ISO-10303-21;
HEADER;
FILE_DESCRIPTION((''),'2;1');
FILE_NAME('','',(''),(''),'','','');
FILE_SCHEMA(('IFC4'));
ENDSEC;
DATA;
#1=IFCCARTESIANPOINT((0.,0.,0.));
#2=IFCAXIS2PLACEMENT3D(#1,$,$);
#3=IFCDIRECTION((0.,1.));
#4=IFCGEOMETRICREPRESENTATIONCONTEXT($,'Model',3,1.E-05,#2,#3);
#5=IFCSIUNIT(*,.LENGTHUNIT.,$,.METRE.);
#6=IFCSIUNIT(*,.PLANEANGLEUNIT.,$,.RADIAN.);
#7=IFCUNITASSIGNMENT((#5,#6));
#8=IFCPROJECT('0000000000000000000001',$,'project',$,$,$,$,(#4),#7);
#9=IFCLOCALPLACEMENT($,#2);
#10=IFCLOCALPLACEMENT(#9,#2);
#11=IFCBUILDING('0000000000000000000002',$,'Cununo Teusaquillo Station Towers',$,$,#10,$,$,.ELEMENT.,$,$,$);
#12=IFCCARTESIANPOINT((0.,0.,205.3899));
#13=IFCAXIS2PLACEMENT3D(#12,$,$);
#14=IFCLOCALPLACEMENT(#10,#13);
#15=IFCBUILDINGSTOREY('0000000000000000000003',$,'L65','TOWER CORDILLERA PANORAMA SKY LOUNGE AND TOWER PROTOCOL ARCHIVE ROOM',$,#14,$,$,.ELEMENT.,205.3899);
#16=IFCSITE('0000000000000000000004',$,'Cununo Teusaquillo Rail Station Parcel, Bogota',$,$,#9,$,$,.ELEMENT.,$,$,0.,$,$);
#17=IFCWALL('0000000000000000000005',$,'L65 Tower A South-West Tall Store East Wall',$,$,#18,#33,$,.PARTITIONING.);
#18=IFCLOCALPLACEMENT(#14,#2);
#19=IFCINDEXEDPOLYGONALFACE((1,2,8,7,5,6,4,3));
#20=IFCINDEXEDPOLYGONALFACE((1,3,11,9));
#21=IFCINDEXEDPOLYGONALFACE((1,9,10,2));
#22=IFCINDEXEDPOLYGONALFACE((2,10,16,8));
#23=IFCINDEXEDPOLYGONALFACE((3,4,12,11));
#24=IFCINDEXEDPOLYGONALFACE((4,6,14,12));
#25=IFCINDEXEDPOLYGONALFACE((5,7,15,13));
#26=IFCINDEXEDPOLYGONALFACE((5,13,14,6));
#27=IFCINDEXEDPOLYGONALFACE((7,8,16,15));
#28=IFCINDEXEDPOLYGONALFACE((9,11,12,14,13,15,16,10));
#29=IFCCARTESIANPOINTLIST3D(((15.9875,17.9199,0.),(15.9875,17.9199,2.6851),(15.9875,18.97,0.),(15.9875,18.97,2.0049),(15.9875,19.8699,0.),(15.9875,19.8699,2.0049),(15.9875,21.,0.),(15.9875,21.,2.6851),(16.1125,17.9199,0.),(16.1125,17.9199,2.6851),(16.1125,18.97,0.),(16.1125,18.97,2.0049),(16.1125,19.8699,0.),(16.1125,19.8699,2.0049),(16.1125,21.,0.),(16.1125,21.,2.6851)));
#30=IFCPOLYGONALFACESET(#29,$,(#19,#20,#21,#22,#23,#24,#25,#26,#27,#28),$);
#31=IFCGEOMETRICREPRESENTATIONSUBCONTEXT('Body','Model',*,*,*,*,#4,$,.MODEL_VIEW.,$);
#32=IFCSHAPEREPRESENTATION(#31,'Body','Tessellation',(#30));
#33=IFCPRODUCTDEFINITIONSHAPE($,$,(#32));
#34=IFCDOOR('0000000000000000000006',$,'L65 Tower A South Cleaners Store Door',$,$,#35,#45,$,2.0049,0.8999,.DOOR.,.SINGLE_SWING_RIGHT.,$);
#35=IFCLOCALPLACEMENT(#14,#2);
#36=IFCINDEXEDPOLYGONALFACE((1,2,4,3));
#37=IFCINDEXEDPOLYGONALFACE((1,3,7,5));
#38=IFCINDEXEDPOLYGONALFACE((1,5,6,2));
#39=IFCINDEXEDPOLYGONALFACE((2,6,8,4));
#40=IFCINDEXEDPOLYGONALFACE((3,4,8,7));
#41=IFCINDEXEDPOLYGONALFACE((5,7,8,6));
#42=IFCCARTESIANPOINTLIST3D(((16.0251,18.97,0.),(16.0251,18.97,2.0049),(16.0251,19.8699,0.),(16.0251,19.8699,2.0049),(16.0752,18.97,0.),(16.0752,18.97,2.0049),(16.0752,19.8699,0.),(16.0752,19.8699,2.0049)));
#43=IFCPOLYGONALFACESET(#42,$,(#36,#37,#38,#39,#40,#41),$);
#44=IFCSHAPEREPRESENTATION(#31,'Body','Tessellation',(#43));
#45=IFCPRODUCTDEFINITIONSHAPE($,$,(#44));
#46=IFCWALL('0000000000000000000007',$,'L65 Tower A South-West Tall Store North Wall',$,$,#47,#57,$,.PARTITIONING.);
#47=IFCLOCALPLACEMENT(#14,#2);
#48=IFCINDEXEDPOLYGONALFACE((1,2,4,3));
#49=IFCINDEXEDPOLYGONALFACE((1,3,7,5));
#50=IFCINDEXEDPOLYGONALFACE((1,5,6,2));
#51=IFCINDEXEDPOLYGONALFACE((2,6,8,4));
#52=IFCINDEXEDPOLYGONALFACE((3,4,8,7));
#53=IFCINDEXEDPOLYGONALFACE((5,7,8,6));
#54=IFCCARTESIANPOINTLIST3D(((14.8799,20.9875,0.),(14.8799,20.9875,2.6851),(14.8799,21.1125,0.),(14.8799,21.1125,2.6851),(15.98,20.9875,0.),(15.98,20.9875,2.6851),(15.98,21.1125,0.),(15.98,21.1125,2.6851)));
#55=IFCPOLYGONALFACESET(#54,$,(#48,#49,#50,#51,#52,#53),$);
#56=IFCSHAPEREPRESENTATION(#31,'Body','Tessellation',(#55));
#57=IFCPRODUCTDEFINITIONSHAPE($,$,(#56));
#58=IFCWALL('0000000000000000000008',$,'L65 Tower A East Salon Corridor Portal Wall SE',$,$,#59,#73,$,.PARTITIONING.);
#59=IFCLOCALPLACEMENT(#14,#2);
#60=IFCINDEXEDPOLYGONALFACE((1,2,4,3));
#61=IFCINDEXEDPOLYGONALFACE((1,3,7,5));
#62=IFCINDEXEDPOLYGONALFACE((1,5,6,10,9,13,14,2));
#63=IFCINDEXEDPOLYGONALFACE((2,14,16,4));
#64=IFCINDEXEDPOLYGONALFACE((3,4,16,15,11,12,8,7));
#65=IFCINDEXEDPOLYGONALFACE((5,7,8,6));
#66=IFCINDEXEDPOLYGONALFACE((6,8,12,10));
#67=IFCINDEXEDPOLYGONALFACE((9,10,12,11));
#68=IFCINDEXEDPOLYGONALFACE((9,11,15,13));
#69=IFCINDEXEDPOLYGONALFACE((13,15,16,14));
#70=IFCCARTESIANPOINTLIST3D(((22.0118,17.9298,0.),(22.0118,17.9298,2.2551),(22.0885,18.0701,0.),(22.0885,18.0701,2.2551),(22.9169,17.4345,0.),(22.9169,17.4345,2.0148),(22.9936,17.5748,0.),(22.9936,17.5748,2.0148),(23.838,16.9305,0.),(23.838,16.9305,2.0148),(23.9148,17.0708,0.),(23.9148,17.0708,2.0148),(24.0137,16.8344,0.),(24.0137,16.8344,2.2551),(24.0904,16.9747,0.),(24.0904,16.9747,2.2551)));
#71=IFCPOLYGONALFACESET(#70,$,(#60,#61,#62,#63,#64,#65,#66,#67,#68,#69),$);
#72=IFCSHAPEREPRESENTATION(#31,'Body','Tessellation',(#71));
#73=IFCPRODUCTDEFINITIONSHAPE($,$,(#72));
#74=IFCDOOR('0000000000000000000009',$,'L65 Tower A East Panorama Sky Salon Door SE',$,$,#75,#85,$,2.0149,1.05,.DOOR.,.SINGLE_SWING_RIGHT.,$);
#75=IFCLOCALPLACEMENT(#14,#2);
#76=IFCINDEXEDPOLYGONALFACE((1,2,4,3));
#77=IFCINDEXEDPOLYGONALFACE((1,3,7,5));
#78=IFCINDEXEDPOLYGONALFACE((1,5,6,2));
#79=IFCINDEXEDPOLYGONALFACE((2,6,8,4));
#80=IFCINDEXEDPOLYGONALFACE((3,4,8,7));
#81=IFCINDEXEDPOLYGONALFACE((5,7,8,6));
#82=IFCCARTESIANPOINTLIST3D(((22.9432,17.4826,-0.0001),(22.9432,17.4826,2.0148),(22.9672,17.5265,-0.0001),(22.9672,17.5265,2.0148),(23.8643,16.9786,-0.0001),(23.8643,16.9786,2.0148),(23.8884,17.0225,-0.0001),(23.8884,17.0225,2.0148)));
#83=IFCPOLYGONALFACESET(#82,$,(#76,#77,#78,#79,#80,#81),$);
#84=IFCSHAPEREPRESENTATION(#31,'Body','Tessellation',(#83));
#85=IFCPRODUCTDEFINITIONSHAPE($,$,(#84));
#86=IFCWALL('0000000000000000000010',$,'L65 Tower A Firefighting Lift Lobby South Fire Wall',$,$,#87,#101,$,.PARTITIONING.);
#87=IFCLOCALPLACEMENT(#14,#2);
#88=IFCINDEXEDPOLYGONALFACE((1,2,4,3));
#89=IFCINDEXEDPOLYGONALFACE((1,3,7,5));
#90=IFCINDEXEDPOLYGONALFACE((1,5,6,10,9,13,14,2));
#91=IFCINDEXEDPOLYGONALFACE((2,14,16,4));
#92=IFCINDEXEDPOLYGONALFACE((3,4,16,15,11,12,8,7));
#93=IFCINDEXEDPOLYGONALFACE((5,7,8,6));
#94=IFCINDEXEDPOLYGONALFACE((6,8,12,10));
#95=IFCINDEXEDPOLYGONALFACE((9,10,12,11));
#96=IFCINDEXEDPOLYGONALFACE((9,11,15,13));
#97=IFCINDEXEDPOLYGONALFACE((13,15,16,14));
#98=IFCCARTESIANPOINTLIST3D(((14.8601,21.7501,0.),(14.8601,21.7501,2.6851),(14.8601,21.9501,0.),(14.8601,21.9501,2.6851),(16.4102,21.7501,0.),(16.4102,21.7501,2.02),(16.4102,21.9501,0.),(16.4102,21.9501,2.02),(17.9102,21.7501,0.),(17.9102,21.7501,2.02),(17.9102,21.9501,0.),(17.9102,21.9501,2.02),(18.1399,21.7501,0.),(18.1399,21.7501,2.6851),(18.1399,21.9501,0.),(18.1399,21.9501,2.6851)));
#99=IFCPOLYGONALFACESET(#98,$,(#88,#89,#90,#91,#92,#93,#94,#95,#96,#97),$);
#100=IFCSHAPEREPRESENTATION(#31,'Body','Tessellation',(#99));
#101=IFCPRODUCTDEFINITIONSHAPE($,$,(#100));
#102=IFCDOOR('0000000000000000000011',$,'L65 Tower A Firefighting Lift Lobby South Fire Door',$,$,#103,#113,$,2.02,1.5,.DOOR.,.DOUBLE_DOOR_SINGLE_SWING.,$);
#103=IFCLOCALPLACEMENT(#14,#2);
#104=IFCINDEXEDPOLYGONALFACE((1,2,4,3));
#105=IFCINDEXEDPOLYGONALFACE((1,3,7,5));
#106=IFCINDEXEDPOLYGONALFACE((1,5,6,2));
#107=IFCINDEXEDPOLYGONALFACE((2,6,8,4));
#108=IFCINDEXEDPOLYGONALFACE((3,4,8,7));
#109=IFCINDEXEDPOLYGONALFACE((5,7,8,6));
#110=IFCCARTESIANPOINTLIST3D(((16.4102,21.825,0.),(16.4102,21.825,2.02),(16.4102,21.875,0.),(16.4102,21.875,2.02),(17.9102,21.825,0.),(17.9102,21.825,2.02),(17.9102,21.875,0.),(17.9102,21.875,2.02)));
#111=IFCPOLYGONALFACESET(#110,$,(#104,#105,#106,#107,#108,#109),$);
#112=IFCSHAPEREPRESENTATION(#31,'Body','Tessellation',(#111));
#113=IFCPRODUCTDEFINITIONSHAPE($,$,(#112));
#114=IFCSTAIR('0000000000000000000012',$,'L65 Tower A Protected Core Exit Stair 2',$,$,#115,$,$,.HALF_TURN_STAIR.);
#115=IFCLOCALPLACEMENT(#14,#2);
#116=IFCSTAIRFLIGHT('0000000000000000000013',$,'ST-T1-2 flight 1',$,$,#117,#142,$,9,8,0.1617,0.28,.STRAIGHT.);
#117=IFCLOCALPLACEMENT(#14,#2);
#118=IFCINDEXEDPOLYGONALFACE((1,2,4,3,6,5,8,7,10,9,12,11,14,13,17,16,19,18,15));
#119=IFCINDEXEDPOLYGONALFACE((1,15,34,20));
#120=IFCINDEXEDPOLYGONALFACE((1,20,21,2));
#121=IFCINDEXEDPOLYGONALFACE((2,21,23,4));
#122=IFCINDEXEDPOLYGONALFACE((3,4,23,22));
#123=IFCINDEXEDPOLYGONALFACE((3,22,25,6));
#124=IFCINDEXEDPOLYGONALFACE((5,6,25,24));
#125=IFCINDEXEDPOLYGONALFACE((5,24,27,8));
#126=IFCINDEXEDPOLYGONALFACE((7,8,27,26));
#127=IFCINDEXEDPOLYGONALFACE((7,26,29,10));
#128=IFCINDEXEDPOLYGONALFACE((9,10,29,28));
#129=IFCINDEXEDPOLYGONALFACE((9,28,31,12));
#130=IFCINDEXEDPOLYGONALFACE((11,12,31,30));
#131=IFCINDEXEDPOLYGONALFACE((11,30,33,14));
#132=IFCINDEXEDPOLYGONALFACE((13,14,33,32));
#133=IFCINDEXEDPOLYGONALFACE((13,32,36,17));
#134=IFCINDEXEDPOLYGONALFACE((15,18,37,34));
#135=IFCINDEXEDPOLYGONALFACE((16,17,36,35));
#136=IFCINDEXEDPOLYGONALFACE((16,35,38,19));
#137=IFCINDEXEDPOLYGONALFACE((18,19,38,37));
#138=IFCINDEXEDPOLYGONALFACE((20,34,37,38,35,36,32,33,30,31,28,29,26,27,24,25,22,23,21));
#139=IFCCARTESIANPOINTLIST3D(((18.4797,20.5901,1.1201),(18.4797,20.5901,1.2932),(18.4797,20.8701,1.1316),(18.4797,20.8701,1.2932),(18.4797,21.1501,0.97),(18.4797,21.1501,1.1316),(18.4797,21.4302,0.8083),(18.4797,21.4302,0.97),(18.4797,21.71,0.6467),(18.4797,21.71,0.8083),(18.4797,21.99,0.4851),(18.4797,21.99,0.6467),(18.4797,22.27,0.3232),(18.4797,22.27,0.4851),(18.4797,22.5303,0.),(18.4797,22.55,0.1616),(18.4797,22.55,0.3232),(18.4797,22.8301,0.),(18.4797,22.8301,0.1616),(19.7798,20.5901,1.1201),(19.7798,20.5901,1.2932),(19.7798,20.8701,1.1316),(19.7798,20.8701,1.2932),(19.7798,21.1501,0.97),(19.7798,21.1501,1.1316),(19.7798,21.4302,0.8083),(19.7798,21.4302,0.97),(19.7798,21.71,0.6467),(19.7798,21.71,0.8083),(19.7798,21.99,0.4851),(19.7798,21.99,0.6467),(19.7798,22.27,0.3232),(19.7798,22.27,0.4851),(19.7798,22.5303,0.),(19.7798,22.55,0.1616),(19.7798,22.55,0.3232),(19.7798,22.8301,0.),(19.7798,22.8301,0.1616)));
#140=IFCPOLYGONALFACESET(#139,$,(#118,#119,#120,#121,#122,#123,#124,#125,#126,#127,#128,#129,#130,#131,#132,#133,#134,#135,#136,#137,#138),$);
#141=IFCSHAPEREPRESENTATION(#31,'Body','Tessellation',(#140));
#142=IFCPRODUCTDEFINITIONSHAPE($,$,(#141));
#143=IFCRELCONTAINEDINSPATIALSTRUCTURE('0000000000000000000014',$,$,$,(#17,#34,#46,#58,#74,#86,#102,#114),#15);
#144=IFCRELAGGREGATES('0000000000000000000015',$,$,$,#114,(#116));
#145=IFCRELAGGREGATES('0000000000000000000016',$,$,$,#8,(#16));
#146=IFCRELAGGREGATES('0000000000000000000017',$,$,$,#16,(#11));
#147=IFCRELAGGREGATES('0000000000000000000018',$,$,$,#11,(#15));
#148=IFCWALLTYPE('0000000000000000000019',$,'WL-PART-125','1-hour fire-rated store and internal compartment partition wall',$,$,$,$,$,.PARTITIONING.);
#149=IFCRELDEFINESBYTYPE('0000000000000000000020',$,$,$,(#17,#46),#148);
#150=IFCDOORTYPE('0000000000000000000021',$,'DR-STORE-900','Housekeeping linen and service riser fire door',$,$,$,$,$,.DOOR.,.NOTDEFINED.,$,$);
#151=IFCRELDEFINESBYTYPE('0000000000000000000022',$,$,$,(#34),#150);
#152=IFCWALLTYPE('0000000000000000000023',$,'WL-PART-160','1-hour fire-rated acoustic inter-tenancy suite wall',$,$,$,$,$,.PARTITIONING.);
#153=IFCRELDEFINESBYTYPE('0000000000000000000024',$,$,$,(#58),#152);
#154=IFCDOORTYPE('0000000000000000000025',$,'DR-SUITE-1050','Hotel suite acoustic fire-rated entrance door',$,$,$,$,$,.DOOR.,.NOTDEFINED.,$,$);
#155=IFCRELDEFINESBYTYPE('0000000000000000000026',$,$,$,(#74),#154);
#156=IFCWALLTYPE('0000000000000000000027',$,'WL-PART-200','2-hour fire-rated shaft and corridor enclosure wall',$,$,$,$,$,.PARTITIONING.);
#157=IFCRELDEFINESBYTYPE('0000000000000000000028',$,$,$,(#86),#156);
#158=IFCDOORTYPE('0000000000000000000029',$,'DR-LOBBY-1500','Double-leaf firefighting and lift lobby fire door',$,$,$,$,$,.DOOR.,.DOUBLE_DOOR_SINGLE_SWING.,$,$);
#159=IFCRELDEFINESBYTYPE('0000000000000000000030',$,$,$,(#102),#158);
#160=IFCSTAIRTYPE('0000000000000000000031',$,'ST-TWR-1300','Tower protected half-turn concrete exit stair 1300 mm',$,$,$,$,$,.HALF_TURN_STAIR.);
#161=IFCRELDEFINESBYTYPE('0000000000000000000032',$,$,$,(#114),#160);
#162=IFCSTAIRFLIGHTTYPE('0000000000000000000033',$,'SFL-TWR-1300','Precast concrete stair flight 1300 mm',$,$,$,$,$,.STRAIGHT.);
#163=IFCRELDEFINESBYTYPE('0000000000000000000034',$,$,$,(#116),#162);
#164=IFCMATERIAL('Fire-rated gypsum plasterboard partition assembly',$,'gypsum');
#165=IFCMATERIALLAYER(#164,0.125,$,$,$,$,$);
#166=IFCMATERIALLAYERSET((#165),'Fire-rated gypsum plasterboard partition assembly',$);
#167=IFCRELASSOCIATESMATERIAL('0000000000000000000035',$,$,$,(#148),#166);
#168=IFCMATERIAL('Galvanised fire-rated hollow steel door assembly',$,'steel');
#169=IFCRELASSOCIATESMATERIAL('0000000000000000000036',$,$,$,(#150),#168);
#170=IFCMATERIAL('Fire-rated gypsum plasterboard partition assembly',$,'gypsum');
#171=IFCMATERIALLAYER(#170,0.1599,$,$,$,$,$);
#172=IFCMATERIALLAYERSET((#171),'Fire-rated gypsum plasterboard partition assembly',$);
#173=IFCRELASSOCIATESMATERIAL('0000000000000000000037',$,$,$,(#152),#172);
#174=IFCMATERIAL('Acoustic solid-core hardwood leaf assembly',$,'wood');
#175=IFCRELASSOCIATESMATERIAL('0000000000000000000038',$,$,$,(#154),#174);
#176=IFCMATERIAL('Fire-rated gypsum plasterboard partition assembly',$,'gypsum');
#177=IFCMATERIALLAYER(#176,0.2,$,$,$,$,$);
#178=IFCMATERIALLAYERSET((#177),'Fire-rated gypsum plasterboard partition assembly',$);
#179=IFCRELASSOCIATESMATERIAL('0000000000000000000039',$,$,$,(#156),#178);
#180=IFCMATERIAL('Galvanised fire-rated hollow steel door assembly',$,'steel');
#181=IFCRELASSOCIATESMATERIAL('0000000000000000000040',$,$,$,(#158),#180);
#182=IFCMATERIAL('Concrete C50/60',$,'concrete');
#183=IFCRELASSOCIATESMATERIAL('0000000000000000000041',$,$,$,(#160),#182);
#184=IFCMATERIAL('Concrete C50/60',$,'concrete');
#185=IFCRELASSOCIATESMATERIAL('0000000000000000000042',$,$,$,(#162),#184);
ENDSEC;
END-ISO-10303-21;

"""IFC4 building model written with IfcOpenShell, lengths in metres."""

from ifc_helpers import new_model, si_unit, direction, frame, frame_2d, origin, place, context, subcontext, project, spatial, polyline, rectangle, outline, extrude, source, transform, mapped, material, layer, layer_set, type_object, element, fill, aggregate, save


model = new_model("IFC4")

# Units and contexts
model_context = context("Model", 3, precision=1e-05, world=origin(), true_north=direction((0.0, 1.0)))
body_context = subcontext(model_context, "Body", "Model", "MODEL_VIEW")
ifc_project = project(units=[si_unit("LENGTHUNIT", "METRE"), si_unit("PLANEANGLEUNIT", "RADIAN")], contexts=[model_context])

# Site, building, storey
site_placement = place(None, origin())
site = spatial("IfcSite", under=ifc_project, at=site_placement, Name="Cununo Teusaquillo Rail Station Parcel, Bogota", CompositionType="ELEMENT", RefElevation=0.0)
building_placement = place(site_placement, origin())
building = spatial("IfcBuilding", under=site, at=building_placement, Name="Cununo Teusaquillo Station Towers", CompositionType="ELEMENT")
storey_placement = place(building_placement, frame((0.0, 0.0, 205.3899)))
storey = spatial("IfcBuildingStorey", under=building, at=storey_placement, Name="L65", Description="TOWER CORDILLERA PANORAMA SKY LOUNGE AND TOWER PROTOCOL ARCHIVE ROOM", CompositionType="ELEMENT", Elevation=205.3899)

# Wall, opening, door
ifc_material_1 = material(Name="Fire-rated gypsum plasterboard partition assembly", Category="gypsum")
ifc_layer_1 = layer(ifc_material_1, 0.125)
ifc_layer_set_1 = layer_set([ifc_layer_1], Name="Fire-rated gypsum plasterboard partition assembly")
wall_type_1 = type_object("IfcWallType", Name="WL-PART-125", Description="1-hour fire-rated store and internal compartment partition wall", PredefinedType="PARTITIONING", material=ifc_layer_set_1)
wall_1_placement = place(storey_placement, frame((16.05, 17.9199, 0.0), z_axis=(0.0, 0.0, 1.0), x_axis=(0.0, 1.0, 0.0)))
wall_1 = element("IfcWall", 1, at=wall_1_placement, inside=storey, type_object=wall_type_1, Name="L65 Tower A South-West Tall Store East Wall", PredefinedType="PARTITIONING", context=body_context, shape_type="SweptSolid", body=[
    extrude(rectangle(XDim=3.0801, YDim=0.125, at=frame_2d((1.54, 0.0))), origin(), (0.0, 0.0, 1.0), 2.6851),
])
shared_shape_1 = source(origin(), body_context, "Body", "SweptSolid", [
    extrude(rectangle(XDim=0.8999, YDim=2.0049, at=frame_2d((0.45, 1.0024))), frame((0.0, 0.0725, 0.0), z_axis=(0.0, -1.0, 0.0), x_axis=(1.0, 0.0, 0.0)), (0.0, 0.0, 1.0), 0.145),
])
opening_1_placement = place(wall_1_placement, frame((1.05, 0.0, 0.0)))
opening_1 = element("IfcOpeningElement", 2, at=opening_1_placement, cuts=wall_1, PredefinedType="OPENING", context=body_context, shape_type="MappedRepresentation", body=[
    mapped(shared_shape_1, transform((0.0, 0.0, 0.0), x_axis=(1.0, 0.0, 0.0), y_axis=(0.0, 1.0, 0.0), z_axis=(0.0, 0.0, 1.0), scale=1.0)),
])
ifc_material_2 = material(Name="Galvanised fire-rated hollow steel door assembly", Category="steel")
door_type_1 = type_object("IfcDoorType", Name="DR-STORE-900", Description="Housekeeping linen and service riser fire door", OperationType="NOTDEFINED", PredefinedType="DOOR", material=ifc_material_2)
shared_shape_2 = source(origin(), body_context, "Body", "SweptSolid", [
    extrude(rectangle(XDim=0.8999, YDim=2.0049, at=frame_2d((0.45, 1.0024))), frame((0.0, 0.0249, 0.0), z_axis=(0.0, -1.0, 0.0), x_axis=(1.0, 0.0, 0.0)), (0.0, 0.0, 1.0), 0.05),
])
door_1_placement = place(opening_1_placement, origin())
door_1 = element("IfcDoor", 3, at=door_1_placement, inside=storey, type_object=door_type_1, Name="L65 Tower A South Cleaners Store Door", OperationType="SINGLE_SWING_RIGHT", OverallHeight=2.0049, OverallWidth=0.8999, PredefinedType="DOOR", context=body_context, shape_type="MappedRepresentation", body=[
    mapped(shared_shape_2, transform((0.0, 0.0, 0.0), x_axis=(1.0, 0.0, 0.0), y_axis=(0.0, 1.0, 0.0), z_axis=(0.0, 0.0, 1.0), scale=1.0)),
])
fill(opening_1, door_1)

# Wall
wall_2_placement = place(storey_placement, frame((14.8799, 21.05, 0.0), z_axis=(0.0, 0.0, 1.0), x_axis=(1.0, 0.0, 0.0)))
element("IfcWall", 4, at=wall_2_placement, inside=storey, type_object=wall_type_1, Name="L65 Tower A South-West Tall Store North Wall", PredefinedType="PARTITIONING", context=body_context, shape_type="SweptSolid", body=[
    extrude(rectangle(XDim=1.1001, YDim=0.125, at=frame_2d((0.55, 0.0))), origin(), (0.0, 0.0, 1.0), 2.6851),
])

# Walls, openings, doors
ifc_material_3 = material(Name="Fire-rated gypsum plasterboard partition assembly", Category="gypsum")
ifc_layer_2 = layer(ifc_material_3, 0.1599)
ifc_layer_set_2 = layer_set([ifc_layer_2], Name="Fire-rated gypsum plasterboard partition assembly")
wall_type_2 = type_object("IfcWallType", Name="WL-PART-160", Description="1-hour fire-rated acoustic inter-tenancy suite wall", PredefinedType="PARTITIONING", material=ifc_layer_set_2)
wall_3_placement = place(storey_placement, frame((22.05, 18.0, 0.0), z_axis=(0.0, 0.0, 1.0), x_axis=(0.877253, -0.480029, 0.0)))
wall_3 = element("IfcWall", 5, at=wall_3_placement, inside=storey, type_object=wall_type_2, Name="L65 Tower A East Salon Corridor Portal Wall SE", PredefinedType="PARTITIONING", context=body_context, shape_type="SweptSolid", body=[
    extrude(rectangle(XDim=2.282, YDim=0.1599, at=frame_2d((1.1411, 0.0))), origin(), (0.0, 0.0, 1.0), 2.2551),
])
shared_shape_3 = source(origin(), body_context, "Body", "SweptSolid", [
    extrude(rectangle(XDim=1.05, YDim=2.0149, at=frame_2d((0.5249, 1.0073))), frame((0.0, 0.0898, 0.0), z_axis=(0.0, -1.0, 0.0), x_axis=(1.0, 0.0, 0.0)), (0.0, 0.0, 1.0), 0.1799),
])
opening_2_placement = place(wall_3_placement, frame((1.032, 0.0, 0.0)))
opening_2 = element("IfcOpeningElement", 6, at=opening_2_placement, cuts=wall_3, PredefinedType="OPENING", context=body_context, shape_type="MappedRepresentation", body=[
    mapped(shared_shape_3, transform((0.0, 0.0, 0.0), x_axis=(1.0, 0.0, 0.0), y_axis=(0.0, 1.0, 0.0), z_axis=(0.0, 0.0, 1.0), scale=1.0)),
])
ifc_material_4 = material(Name="Acoustic solid-core hardwood leaf assembly", Category="wood")
door_type_2 = type_object("IfcDoorType", Name="DR-SUITE-1050", Description="Hotel suite acoustic fire-rated entrance door", OperationType="NOTDEFINED", PredefinedType="DOOR", material=ifc_material_4)
shared_shape_4 = source(origin(), body_context, "Body", "SweptSolid", [
    extrude(rectangle(XDim=1.05, YDim=2.0149, at=frame_2d((0.5249, 1.0073))), frame((0.0, 0.0249, 0.0), z_axis=(0.0, -1.0, 0.0), x_axis=(1.0, 0.0, 0.0)), (0.0, 0.0, 1.0), 0.05),
])
door_2_placement = place(opening_2_placement, origin())
door_2 = element("IfcDoor", 7, at=door_2_placement, inside=storey, type_object=door_type_2, Name="L65 Tower A East Panorama Sky Salon Door SE", OperationType="SINGLE_SWING_RIGHT", OverallHeight=2.0149, OverallWidth=1.05, PredefinedType="DOOR", context=body_context, shape_type="MappedRepresentation", body=[
    mapped(shared_shape_4, transform((0.0, 0.0, 0.0), x_axis=(1.0, 0.0, 0.0), y_axis=(0.0, 1.0, 0.0), z_axis=(0.0, 0.0, 1.0), scale=1.0)),
])
fill(opening_2, door_2)
ifc_material_5 = material(Name="Fire-rated gypsum plasterboard partition assembly", Category="gypsum")
ifc_layer_3 = layer(ifc_material_5, 0.2)
ifc_layer_set_3 = layer_set([ifc_layer_3], Name="Fire-rated gypsum plasterboard partition assembly")
wall_type_3 = type_object("IfcWallType", Name="WL-PART-200", Description="2-hour fire-rated shaft and corridor enclosure wall", PredefinedType="PARTITIONING", material=ifc_layer_set_3)
wall_4_placement = place(storey_placement, frame((14.8601, 21.8501, 0.0), z_axis=(0.0, 0.0, 1.0), x_axis=(1.0, 0.0, 0.0)))
wall_4 = element("IfcWall", 8, at=wall_4_placement, inside=storey, type_object=wall_type_3, Name="L65 Tower A Firefighting Lift Lobby South Fire Wall", PredefinedType="PARTITIONING", context=body_context, shape_type="SweptSolid", body=[
    extrude(rectangle(XDim=3.2798, YDim=0.2, at=frame_2d((1.6399, 0.0))), origin(), (0.0, 0.0, 1.0), 2.6851),
])
shared_shape_5 = source(origin(), body_context, "Body", "SweptSolid", [
    extrude(rectangle(XDim=1.5, YDim=2.02, at=frame_2d((0.75, 1.01))), frame((0.0, 0.1099, 0.0), z_axis=(0.0, -1.0, 0.0), x_axis=(1.0, 0.0, 0.0)), (0.0, 0.0, 1.0), 0.22),
])
opening_3_placement = place(wall_4_placement, frame((1.55, 0.0, 0.0)))
opening_3 = element("IfcOpeningElement", 9, at=opening_3_placement, cuts=wall_4, PredefinedType="OPENING", context=body_context, shape_type="MappedRepresentation", body=[
    mapped(shared_shape_5, transform((0.0, 0.0, 0.0), x_axis=(1.0, 0.0, 0.0), y_axis=(0.0, 1.0, 0.0), z_axis=(0.0, 0.0, 1.0), scale=1.0)),
])
ifc_material_6 = material(Name="Galvanised fire-rated hollow steel door assembly", Category="steel")
door_type_3 = type_object("IfcDoorType", Name="DR-LOBBY-1500", Description="Double-leaf firefighting and lift lobby fire door", OperationType="DOUBLE_DOOR_SINGLE_SWING", PredefinedType="DOOR", material=ifc_material_6)
shared_shape_6 = source(origin(), body_context, "Body", "SweptSolid", [
    extrude(rectangle(XDim=1.5, YDim=2.02, at=frame_2d((0.75, 1.01))), frame((0.0, 0.0249, 0.0), z_axis=(0.0, -1.0, 0.0), x_axis=(1.0, 0.0, 0.0)), (0.0, 0.0, 1.0), 0.05),
])
door_3_placement = place(opening_3_placement, origin())
door_3 = element("IfcDoor", 10, at=door_3_placement, inside=storey, type_object=door_type_3, Name="L65 Tower A Firefighting Lift Lobby South Fire Door", OperationType="DOUBLE_DOOR_SINGLE_SWING", OverallHeight=2.02, OverallWidth=1.5, PredefinedType="DOOR", context=body_context, shape_type="MappedRepresentation", body=[
    mapped(shared_shape_6, transform((0.0, 0.0, 0.0), x_axis=(1.0, 0.0, 0.0), y_axis=(0.0, 1.0, 0.0), z_axis=(0.0, 0.0, 1.0), scale=1.0)),
])
fill(opening_3, door_3)

# Stair, stair flight
ifc_material_7 = material(Name="Concrete C50/60", Category="concrete")
stair_type = type_object("IfcStairType", Name="ST-TWR-1300", Description="Tower protected half-turn concrete exit stair 1300 mm", PredefinedType="HALF_TURN_STAIR", material=ifc_material_7)
stair_placement = place(storey_placement, origin())
stair = element("IfcStair", 11, at=stair_placement, inside=storey, type_object=stair_type, Name="L65 Tower A Protected Core Exit Stair 2", PredefinedType="HALF_TURN_STAIR")
ifc_material_8 = material(Name="Concrete C50/60", Category="concrete")
stair_flight_type = type_object("IfcStairFlightType", Name="SFL-TWR-1300", Description="Precast concrete stair flight 1300 mm", PredefinedType="STRAIGHT", material=ifc_material_8)
stair_flight_1_placement = place(storey_placement, frame((19.1299, 22.8301, 0.0), z_axis=(0.0, 0.0, 1.0), x_axis=(0.0, -1.0, 0.0)))
stair_flight_1 = element("IfcStairFlight", 12, at=stair_flight_1_placement, type_object=stair_flight_type, Name="ST-T1-2 flight 1", NumberOfRisers=9, NumberOfTreads=8, PredefinedType="STRAIGHT", RiserHeight=0.1617, TreadLength=0.28, context=body_context, shape_type="SweptSolid", body=[
    extrude(outline(polyline([(0.0, 0.0), (0.0, 0.1616), (0.28, 0.1616), (0.28, 0.3232), (0.5601, 0.3232), (0.5601, 0.4851), (0.8401, 0.4851), (0.8401, 0.6467), (1.1201, 0.6467), (1.1201, 0.8083), (1.3999, 0.8083), (1.3999, 0.97), (1.6799, 0.97), (1.6799, 1.1316), (1.96, 1.1316), (1.96, 1.2932), (2.24, 1.2932), (2.24, 1.4551), (2.24, 1.1201), (0.2998, 0.0), (0.0, 0.0)])), frame((0.0, 0.6499, 0.0), z_axis=(0.0, -1.0, 0.0), x_axis=(1.0, 0.0, 0.0)), (0.0, 0.0, 1.0), 1.3),
])
aggregate(stair, [stair_flight_1])

save(model, "model.ifc")
